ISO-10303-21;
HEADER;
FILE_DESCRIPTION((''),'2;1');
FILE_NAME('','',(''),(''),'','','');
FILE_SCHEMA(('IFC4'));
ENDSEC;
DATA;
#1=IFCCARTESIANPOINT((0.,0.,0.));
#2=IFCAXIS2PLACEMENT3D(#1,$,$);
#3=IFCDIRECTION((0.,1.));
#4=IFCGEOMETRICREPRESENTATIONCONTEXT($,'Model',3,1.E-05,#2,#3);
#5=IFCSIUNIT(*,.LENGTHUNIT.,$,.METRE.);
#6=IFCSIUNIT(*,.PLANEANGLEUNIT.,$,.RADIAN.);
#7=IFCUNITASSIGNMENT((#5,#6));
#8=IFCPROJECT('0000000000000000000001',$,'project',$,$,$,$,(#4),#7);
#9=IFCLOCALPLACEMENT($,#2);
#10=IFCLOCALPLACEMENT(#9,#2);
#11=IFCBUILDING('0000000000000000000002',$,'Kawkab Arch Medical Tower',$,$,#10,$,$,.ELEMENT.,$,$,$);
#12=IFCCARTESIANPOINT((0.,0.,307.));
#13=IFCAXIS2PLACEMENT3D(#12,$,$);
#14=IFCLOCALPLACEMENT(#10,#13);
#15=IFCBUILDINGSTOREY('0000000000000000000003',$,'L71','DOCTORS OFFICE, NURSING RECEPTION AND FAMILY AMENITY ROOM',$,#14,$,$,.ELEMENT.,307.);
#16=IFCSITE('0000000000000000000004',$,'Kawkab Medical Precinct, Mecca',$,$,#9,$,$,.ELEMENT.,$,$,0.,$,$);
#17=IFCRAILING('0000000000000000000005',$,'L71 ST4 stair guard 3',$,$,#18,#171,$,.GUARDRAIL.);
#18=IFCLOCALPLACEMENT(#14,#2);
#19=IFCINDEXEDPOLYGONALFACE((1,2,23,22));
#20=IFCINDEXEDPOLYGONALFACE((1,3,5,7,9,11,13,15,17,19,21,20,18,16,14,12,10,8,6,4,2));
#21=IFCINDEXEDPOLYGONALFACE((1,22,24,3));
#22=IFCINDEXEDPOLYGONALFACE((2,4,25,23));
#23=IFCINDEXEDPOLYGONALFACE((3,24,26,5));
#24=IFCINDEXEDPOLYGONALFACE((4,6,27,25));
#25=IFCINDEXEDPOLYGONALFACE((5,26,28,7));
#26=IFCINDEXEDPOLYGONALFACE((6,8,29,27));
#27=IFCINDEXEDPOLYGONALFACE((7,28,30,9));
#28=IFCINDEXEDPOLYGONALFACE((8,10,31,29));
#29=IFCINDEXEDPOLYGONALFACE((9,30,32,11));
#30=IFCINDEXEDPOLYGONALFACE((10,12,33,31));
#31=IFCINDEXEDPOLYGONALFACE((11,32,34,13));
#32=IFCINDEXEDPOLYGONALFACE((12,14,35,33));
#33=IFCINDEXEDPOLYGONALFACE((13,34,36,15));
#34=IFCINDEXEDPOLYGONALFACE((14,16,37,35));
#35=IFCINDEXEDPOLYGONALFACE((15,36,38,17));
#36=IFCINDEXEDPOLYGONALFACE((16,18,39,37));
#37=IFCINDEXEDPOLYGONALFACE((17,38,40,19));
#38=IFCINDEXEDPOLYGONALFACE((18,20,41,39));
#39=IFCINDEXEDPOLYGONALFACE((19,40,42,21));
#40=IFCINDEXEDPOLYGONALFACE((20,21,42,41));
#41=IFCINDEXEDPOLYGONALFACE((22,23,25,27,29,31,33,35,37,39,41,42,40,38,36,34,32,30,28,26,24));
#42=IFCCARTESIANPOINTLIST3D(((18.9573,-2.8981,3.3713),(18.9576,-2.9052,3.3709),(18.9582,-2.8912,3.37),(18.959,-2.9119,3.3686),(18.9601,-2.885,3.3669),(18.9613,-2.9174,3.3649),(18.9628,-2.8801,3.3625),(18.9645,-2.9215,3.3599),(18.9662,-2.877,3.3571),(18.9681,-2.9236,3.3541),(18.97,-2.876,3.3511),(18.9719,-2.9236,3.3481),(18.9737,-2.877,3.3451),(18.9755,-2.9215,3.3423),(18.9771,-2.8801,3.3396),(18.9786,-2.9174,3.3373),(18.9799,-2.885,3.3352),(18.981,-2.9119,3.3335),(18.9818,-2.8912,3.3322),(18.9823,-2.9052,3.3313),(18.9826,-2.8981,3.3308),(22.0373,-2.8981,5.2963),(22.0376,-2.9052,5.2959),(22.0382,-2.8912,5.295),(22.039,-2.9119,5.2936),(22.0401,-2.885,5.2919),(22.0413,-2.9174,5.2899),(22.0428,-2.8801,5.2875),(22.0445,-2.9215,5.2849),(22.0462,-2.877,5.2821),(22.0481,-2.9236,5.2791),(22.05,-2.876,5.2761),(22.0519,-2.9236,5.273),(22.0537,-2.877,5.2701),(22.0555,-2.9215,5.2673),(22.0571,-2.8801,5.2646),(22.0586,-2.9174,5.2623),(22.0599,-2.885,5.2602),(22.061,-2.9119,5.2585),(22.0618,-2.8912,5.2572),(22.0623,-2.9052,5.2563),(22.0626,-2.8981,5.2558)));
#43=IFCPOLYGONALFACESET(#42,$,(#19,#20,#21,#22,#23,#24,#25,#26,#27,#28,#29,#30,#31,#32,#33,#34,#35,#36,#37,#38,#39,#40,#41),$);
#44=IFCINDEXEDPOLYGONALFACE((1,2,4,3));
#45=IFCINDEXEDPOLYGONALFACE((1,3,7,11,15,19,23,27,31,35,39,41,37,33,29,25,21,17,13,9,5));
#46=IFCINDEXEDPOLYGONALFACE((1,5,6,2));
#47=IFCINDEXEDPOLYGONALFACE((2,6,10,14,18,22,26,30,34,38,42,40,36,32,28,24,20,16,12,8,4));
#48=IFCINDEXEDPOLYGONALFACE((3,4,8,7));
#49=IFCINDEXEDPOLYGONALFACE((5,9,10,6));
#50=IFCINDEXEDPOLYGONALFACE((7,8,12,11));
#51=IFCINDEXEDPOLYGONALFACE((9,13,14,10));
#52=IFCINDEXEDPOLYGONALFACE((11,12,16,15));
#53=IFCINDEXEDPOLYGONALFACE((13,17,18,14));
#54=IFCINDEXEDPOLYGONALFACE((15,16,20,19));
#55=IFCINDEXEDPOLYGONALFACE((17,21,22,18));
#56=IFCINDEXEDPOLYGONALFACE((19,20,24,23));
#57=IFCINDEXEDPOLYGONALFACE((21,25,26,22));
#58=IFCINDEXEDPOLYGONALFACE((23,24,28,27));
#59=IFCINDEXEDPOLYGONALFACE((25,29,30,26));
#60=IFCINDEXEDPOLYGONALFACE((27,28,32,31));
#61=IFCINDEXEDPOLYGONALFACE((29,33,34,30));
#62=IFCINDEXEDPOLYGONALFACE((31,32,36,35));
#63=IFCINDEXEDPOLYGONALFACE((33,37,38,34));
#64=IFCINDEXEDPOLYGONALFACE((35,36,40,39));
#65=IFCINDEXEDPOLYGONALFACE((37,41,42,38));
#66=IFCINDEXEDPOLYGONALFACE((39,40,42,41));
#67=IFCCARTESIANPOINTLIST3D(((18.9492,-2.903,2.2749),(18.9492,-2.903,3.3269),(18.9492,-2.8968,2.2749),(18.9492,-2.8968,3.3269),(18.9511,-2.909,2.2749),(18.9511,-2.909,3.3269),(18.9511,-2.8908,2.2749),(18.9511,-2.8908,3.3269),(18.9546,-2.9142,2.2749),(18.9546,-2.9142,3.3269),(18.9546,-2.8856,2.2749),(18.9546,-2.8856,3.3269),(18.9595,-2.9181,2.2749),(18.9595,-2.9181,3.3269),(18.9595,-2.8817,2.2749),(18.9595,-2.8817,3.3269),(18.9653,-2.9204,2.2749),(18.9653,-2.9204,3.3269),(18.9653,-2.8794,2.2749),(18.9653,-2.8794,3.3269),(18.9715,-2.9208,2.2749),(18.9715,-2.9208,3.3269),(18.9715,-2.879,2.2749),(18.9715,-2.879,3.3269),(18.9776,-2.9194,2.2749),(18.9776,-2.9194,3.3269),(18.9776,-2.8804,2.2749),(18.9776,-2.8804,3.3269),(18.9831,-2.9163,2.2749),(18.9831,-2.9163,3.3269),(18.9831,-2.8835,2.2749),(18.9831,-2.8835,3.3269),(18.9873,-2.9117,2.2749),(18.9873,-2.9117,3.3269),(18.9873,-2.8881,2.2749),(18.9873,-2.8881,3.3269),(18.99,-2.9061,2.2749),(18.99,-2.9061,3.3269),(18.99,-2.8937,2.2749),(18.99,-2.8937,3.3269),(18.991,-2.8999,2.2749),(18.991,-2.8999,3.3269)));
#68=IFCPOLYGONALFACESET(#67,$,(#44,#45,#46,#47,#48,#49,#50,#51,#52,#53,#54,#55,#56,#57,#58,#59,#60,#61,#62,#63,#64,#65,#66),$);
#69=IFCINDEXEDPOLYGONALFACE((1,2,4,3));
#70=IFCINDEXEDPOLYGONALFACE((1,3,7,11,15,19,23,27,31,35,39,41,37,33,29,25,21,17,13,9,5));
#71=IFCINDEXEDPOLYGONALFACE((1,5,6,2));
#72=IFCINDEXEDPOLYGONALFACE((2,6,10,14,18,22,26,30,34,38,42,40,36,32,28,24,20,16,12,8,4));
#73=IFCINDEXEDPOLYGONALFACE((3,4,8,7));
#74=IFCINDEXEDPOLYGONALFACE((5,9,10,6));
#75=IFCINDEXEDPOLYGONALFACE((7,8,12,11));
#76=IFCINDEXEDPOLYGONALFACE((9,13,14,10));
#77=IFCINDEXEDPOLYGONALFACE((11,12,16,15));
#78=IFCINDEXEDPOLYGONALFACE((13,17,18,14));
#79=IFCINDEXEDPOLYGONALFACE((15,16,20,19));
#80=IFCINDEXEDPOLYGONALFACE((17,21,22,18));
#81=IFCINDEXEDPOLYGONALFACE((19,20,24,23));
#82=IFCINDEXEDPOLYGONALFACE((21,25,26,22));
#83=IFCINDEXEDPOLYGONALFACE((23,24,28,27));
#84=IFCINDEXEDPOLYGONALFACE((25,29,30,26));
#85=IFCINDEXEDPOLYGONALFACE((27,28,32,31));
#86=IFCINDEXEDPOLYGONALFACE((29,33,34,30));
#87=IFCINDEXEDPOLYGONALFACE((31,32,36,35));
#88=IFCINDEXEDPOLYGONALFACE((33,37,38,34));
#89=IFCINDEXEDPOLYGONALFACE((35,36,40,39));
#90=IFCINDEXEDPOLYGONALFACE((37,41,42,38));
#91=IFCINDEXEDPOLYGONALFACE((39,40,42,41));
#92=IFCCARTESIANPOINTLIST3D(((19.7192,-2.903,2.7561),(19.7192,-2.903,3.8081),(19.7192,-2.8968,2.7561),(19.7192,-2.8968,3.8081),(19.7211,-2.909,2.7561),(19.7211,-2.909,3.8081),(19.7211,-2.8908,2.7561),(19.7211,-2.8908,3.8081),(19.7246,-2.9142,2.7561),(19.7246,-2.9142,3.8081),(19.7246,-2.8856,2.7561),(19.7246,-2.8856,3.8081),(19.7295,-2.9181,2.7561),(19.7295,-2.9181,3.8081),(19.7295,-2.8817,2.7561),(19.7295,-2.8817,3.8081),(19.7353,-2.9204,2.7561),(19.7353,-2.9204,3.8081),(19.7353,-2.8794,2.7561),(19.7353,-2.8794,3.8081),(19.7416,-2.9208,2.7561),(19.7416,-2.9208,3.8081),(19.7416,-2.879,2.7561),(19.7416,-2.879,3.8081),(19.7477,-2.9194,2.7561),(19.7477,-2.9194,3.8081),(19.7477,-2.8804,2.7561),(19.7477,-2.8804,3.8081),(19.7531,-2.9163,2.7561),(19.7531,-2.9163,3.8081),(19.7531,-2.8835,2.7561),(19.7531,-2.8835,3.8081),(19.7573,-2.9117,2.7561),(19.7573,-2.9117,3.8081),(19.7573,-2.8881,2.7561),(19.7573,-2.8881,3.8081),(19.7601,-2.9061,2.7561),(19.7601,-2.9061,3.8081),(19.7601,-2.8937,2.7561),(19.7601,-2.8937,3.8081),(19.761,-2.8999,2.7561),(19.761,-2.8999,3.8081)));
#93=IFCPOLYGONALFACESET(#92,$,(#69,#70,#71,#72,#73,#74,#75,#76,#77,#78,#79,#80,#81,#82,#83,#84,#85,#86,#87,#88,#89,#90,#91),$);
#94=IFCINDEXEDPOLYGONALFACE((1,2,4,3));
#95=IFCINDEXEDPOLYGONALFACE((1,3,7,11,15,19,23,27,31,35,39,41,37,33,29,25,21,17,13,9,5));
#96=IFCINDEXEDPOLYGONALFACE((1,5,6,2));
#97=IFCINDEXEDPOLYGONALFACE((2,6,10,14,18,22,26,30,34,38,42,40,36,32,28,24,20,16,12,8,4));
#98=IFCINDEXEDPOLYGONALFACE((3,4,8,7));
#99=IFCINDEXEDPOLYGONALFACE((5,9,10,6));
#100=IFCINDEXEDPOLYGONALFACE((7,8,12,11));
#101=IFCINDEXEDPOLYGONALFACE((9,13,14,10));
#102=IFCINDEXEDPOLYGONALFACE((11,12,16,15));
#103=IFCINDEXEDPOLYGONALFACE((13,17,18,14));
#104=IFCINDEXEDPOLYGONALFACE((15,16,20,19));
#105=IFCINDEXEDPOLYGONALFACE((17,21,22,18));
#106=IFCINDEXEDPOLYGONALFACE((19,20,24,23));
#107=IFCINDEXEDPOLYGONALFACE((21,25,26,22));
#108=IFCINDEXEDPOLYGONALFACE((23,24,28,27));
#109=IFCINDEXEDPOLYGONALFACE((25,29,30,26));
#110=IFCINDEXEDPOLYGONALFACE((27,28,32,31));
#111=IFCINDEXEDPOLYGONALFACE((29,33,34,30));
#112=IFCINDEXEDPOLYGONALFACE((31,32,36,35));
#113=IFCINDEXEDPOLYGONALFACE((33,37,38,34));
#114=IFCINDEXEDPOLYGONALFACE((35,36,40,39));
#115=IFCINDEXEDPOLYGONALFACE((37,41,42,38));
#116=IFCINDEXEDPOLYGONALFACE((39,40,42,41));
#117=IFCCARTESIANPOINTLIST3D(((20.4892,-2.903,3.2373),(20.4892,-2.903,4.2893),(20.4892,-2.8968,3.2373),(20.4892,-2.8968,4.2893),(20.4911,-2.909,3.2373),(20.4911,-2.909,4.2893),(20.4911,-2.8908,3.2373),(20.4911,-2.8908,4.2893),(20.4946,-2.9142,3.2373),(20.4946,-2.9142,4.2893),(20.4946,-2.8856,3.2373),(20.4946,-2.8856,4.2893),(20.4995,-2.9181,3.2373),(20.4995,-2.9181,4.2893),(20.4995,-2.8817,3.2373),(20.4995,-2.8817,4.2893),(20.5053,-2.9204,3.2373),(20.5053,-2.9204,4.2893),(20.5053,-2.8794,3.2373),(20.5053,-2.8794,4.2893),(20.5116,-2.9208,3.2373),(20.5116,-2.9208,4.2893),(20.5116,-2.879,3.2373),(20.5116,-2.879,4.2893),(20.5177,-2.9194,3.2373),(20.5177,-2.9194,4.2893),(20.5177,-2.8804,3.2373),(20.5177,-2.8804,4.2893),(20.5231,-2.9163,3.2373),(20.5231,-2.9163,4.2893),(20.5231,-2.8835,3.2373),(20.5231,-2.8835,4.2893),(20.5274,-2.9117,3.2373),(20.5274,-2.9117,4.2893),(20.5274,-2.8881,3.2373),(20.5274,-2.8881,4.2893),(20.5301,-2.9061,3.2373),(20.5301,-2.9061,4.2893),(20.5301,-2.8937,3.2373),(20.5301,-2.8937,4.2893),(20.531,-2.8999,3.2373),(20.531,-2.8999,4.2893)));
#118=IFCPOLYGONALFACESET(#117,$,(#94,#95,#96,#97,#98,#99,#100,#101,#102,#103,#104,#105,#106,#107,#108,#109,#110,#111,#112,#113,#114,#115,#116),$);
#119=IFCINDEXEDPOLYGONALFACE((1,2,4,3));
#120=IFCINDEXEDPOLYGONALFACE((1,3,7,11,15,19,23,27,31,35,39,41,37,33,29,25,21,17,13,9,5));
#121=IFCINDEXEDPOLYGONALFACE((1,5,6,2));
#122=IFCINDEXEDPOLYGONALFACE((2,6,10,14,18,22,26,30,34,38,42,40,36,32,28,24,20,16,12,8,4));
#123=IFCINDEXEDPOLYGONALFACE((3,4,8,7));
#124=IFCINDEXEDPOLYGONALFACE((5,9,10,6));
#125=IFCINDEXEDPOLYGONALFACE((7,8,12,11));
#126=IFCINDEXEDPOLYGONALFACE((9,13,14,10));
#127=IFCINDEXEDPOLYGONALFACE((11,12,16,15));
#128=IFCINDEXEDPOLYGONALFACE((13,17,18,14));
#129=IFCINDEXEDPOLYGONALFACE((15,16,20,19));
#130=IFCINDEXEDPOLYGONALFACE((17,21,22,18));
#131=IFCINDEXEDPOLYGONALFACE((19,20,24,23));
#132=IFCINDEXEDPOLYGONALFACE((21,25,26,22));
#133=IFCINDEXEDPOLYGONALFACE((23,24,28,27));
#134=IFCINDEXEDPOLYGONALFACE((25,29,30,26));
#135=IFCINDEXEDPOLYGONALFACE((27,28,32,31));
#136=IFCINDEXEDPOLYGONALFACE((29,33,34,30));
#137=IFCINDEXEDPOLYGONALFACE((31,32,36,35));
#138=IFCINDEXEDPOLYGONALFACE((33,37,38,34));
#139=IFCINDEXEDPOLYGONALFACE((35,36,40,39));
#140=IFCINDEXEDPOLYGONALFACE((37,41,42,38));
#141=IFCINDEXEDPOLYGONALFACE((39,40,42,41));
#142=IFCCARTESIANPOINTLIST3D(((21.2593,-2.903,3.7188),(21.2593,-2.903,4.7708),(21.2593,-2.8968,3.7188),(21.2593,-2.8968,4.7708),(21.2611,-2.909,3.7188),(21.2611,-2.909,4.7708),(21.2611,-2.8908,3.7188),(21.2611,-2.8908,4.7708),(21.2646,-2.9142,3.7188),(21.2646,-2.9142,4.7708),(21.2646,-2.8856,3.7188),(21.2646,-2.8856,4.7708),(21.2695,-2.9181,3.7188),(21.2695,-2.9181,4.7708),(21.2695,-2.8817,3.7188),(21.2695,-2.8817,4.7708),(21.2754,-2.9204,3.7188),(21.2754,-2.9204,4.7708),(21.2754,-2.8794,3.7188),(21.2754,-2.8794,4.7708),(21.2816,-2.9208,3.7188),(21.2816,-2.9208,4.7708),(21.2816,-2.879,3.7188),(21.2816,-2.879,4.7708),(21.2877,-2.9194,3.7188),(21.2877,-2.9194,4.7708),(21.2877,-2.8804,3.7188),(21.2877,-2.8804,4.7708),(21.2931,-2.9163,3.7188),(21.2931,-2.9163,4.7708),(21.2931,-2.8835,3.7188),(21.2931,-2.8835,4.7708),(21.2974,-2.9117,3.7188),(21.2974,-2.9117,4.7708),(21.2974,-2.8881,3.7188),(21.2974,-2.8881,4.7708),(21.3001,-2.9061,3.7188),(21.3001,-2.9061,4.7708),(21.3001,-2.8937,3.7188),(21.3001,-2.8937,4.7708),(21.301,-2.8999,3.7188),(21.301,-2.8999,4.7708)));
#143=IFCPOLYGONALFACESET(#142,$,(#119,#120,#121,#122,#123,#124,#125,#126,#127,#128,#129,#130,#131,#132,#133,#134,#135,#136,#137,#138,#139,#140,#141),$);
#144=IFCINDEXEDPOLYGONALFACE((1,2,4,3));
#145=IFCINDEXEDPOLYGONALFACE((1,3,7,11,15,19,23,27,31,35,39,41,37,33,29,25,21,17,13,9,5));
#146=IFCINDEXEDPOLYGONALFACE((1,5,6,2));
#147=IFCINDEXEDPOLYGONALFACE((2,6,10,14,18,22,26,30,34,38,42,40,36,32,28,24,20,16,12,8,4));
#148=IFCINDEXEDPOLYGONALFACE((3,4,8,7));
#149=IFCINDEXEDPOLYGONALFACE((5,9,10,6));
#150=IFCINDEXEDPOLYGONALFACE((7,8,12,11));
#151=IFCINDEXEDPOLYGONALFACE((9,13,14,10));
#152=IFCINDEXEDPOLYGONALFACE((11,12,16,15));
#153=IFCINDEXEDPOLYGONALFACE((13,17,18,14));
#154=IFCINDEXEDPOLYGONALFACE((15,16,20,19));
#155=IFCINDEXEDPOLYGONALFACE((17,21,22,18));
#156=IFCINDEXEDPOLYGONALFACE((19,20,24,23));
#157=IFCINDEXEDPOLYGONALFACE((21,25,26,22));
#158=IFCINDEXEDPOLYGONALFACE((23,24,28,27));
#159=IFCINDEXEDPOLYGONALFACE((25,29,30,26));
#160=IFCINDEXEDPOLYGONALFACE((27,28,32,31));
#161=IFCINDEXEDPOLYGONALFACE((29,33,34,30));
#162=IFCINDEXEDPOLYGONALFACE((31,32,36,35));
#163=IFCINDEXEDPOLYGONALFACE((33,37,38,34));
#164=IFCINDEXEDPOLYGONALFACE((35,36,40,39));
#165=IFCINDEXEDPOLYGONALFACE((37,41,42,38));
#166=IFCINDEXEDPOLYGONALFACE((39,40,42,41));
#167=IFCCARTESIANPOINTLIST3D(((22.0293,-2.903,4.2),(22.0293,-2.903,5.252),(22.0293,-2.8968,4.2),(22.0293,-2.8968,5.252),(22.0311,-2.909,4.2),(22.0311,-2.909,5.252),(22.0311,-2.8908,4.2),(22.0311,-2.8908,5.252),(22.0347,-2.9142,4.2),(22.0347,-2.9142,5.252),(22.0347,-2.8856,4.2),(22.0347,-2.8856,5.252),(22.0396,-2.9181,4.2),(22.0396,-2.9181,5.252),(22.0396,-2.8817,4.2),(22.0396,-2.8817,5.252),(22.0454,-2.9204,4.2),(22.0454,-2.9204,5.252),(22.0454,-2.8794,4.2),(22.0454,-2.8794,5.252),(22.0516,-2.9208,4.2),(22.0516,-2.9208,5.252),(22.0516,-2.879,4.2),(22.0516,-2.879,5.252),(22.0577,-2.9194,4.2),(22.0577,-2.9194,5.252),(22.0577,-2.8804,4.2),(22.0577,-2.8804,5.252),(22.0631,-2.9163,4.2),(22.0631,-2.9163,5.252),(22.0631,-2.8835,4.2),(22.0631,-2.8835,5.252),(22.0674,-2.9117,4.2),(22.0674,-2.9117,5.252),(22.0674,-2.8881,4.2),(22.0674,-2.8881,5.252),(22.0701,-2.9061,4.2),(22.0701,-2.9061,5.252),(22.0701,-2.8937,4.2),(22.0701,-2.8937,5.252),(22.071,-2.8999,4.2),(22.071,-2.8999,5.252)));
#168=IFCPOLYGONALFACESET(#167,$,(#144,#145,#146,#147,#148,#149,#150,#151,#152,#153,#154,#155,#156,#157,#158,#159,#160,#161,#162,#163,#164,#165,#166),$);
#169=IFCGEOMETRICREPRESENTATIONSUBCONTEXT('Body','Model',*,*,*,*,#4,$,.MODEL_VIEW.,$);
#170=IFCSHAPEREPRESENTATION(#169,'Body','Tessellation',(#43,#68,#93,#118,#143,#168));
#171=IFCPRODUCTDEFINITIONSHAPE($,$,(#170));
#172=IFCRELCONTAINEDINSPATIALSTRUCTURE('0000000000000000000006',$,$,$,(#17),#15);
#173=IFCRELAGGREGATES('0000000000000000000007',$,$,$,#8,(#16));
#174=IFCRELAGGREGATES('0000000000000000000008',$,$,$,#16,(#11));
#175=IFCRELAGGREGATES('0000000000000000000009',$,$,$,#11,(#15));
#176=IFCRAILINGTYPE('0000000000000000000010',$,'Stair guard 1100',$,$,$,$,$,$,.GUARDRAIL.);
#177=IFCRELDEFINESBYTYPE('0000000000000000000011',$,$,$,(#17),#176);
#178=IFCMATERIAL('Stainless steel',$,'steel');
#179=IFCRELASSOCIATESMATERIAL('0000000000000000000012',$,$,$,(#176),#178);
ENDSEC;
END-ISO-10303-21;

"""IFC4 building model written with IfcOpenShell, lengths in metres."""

from ifc_helpers import new_model, si_unit, direction, frame, origin, origin_2d, place, context, subcontext, project, spatial, circle, extrude, material, type_object, element, save


model = new_model("IFC4")

# Units and contexts
model_context = context("Model", 3, precision=1e-05, world=origin(), true_north=direction((0.0, 1.0)))
body_context = subcontext(model_context, "Body", "Model", "MODEL_VIEW")
ifc_project = project(units=[si_unit("LENGTHUNIT", "METRE"), si_unit("PLANEANGLEUNIT", "RADIAN")], contexts=[model_context])

# Site, building, storey
site_placement = place(None, origin())
site = spatial("IfcSite", under=ifc_project, at=site_placement, Name="Kawkab Medical Precinct, Mecca", CompositionType="ELEMENT", RefElevation=0.0)
building_placement = place(site_placement, origin())
building = spatial("IfcBuilding", under=site, at=building_placement, Name="Kawkab Arch Medical Tower", CompositionType="ELEMENT")
storey_placement = place(building_placement, frame((0.0, 0.0, 307.0)))
storey = spatial("IfcBuildingStorey", under=building, at=storey_placement, Name="L71", Description="DOCTORS OFFICE, NURSING RECEPTION AND FAMILY AMENITY ROOM", CompositionType="ELEMENT", Elevation=307.0)

# Railing
ifc_material_1 = material(Name="Stainless steel", Category="steel")
railing_type_1 = type_object("IfcRailingType", Name="Stair guard 1100", PredefinedType="GUARDRAIL", material=ifc_material_1)
railing_1_placement = place(storey_placement, frame((18.97, -2.8999, 2.2749)))
element("IfcRailing", 1, at=railing_1_placement, inside=storey, type_object=railing_type_1, Name="L71 ST4 stair guard 3", PredefinedType="GUARDRAIL", context=body_context, shape_type="SweptSolid", body=[
    extrude(circle(Radius=0.0239, at=origin_2d()), frame((0.0, 0.0, 1.0762), z_axis=(0.847998, 0.0, 0.529999), x_axis=(0.0, 1.0, 0.0)), (0.0, 0.0, 1.0), 3.6321),
    extrude(circle(Radius=0.021, at=origin_2d()), origin(), (0.0, 0.0, 1.0), 1.052),
    extrude(circle(Radius=0.021, at=origin_2d()), frame((0.77, 0.0, 0.4812)), (0.0, 0.0, 1.0), 1.052),
    extrude(circle(Radius=0.021, at=origin_2d()), frame((1.54, 0.0, 0.9624)), (0.0, 0.0, 1.0), 1.052),
    extrude(circle(Radius=0.021, at=origin_2d()), frame((2.3101, 0.0, 1.4438)), (0.0, 0.0, 1.0), 1.052),
    extrude(circle(Radius=0.021, at=origin_2d()), frame((3.0801, 0.0, 1.925)), (0.0, 0.0, 1.0), 1.052),
])

save(model, "model.ifc")
